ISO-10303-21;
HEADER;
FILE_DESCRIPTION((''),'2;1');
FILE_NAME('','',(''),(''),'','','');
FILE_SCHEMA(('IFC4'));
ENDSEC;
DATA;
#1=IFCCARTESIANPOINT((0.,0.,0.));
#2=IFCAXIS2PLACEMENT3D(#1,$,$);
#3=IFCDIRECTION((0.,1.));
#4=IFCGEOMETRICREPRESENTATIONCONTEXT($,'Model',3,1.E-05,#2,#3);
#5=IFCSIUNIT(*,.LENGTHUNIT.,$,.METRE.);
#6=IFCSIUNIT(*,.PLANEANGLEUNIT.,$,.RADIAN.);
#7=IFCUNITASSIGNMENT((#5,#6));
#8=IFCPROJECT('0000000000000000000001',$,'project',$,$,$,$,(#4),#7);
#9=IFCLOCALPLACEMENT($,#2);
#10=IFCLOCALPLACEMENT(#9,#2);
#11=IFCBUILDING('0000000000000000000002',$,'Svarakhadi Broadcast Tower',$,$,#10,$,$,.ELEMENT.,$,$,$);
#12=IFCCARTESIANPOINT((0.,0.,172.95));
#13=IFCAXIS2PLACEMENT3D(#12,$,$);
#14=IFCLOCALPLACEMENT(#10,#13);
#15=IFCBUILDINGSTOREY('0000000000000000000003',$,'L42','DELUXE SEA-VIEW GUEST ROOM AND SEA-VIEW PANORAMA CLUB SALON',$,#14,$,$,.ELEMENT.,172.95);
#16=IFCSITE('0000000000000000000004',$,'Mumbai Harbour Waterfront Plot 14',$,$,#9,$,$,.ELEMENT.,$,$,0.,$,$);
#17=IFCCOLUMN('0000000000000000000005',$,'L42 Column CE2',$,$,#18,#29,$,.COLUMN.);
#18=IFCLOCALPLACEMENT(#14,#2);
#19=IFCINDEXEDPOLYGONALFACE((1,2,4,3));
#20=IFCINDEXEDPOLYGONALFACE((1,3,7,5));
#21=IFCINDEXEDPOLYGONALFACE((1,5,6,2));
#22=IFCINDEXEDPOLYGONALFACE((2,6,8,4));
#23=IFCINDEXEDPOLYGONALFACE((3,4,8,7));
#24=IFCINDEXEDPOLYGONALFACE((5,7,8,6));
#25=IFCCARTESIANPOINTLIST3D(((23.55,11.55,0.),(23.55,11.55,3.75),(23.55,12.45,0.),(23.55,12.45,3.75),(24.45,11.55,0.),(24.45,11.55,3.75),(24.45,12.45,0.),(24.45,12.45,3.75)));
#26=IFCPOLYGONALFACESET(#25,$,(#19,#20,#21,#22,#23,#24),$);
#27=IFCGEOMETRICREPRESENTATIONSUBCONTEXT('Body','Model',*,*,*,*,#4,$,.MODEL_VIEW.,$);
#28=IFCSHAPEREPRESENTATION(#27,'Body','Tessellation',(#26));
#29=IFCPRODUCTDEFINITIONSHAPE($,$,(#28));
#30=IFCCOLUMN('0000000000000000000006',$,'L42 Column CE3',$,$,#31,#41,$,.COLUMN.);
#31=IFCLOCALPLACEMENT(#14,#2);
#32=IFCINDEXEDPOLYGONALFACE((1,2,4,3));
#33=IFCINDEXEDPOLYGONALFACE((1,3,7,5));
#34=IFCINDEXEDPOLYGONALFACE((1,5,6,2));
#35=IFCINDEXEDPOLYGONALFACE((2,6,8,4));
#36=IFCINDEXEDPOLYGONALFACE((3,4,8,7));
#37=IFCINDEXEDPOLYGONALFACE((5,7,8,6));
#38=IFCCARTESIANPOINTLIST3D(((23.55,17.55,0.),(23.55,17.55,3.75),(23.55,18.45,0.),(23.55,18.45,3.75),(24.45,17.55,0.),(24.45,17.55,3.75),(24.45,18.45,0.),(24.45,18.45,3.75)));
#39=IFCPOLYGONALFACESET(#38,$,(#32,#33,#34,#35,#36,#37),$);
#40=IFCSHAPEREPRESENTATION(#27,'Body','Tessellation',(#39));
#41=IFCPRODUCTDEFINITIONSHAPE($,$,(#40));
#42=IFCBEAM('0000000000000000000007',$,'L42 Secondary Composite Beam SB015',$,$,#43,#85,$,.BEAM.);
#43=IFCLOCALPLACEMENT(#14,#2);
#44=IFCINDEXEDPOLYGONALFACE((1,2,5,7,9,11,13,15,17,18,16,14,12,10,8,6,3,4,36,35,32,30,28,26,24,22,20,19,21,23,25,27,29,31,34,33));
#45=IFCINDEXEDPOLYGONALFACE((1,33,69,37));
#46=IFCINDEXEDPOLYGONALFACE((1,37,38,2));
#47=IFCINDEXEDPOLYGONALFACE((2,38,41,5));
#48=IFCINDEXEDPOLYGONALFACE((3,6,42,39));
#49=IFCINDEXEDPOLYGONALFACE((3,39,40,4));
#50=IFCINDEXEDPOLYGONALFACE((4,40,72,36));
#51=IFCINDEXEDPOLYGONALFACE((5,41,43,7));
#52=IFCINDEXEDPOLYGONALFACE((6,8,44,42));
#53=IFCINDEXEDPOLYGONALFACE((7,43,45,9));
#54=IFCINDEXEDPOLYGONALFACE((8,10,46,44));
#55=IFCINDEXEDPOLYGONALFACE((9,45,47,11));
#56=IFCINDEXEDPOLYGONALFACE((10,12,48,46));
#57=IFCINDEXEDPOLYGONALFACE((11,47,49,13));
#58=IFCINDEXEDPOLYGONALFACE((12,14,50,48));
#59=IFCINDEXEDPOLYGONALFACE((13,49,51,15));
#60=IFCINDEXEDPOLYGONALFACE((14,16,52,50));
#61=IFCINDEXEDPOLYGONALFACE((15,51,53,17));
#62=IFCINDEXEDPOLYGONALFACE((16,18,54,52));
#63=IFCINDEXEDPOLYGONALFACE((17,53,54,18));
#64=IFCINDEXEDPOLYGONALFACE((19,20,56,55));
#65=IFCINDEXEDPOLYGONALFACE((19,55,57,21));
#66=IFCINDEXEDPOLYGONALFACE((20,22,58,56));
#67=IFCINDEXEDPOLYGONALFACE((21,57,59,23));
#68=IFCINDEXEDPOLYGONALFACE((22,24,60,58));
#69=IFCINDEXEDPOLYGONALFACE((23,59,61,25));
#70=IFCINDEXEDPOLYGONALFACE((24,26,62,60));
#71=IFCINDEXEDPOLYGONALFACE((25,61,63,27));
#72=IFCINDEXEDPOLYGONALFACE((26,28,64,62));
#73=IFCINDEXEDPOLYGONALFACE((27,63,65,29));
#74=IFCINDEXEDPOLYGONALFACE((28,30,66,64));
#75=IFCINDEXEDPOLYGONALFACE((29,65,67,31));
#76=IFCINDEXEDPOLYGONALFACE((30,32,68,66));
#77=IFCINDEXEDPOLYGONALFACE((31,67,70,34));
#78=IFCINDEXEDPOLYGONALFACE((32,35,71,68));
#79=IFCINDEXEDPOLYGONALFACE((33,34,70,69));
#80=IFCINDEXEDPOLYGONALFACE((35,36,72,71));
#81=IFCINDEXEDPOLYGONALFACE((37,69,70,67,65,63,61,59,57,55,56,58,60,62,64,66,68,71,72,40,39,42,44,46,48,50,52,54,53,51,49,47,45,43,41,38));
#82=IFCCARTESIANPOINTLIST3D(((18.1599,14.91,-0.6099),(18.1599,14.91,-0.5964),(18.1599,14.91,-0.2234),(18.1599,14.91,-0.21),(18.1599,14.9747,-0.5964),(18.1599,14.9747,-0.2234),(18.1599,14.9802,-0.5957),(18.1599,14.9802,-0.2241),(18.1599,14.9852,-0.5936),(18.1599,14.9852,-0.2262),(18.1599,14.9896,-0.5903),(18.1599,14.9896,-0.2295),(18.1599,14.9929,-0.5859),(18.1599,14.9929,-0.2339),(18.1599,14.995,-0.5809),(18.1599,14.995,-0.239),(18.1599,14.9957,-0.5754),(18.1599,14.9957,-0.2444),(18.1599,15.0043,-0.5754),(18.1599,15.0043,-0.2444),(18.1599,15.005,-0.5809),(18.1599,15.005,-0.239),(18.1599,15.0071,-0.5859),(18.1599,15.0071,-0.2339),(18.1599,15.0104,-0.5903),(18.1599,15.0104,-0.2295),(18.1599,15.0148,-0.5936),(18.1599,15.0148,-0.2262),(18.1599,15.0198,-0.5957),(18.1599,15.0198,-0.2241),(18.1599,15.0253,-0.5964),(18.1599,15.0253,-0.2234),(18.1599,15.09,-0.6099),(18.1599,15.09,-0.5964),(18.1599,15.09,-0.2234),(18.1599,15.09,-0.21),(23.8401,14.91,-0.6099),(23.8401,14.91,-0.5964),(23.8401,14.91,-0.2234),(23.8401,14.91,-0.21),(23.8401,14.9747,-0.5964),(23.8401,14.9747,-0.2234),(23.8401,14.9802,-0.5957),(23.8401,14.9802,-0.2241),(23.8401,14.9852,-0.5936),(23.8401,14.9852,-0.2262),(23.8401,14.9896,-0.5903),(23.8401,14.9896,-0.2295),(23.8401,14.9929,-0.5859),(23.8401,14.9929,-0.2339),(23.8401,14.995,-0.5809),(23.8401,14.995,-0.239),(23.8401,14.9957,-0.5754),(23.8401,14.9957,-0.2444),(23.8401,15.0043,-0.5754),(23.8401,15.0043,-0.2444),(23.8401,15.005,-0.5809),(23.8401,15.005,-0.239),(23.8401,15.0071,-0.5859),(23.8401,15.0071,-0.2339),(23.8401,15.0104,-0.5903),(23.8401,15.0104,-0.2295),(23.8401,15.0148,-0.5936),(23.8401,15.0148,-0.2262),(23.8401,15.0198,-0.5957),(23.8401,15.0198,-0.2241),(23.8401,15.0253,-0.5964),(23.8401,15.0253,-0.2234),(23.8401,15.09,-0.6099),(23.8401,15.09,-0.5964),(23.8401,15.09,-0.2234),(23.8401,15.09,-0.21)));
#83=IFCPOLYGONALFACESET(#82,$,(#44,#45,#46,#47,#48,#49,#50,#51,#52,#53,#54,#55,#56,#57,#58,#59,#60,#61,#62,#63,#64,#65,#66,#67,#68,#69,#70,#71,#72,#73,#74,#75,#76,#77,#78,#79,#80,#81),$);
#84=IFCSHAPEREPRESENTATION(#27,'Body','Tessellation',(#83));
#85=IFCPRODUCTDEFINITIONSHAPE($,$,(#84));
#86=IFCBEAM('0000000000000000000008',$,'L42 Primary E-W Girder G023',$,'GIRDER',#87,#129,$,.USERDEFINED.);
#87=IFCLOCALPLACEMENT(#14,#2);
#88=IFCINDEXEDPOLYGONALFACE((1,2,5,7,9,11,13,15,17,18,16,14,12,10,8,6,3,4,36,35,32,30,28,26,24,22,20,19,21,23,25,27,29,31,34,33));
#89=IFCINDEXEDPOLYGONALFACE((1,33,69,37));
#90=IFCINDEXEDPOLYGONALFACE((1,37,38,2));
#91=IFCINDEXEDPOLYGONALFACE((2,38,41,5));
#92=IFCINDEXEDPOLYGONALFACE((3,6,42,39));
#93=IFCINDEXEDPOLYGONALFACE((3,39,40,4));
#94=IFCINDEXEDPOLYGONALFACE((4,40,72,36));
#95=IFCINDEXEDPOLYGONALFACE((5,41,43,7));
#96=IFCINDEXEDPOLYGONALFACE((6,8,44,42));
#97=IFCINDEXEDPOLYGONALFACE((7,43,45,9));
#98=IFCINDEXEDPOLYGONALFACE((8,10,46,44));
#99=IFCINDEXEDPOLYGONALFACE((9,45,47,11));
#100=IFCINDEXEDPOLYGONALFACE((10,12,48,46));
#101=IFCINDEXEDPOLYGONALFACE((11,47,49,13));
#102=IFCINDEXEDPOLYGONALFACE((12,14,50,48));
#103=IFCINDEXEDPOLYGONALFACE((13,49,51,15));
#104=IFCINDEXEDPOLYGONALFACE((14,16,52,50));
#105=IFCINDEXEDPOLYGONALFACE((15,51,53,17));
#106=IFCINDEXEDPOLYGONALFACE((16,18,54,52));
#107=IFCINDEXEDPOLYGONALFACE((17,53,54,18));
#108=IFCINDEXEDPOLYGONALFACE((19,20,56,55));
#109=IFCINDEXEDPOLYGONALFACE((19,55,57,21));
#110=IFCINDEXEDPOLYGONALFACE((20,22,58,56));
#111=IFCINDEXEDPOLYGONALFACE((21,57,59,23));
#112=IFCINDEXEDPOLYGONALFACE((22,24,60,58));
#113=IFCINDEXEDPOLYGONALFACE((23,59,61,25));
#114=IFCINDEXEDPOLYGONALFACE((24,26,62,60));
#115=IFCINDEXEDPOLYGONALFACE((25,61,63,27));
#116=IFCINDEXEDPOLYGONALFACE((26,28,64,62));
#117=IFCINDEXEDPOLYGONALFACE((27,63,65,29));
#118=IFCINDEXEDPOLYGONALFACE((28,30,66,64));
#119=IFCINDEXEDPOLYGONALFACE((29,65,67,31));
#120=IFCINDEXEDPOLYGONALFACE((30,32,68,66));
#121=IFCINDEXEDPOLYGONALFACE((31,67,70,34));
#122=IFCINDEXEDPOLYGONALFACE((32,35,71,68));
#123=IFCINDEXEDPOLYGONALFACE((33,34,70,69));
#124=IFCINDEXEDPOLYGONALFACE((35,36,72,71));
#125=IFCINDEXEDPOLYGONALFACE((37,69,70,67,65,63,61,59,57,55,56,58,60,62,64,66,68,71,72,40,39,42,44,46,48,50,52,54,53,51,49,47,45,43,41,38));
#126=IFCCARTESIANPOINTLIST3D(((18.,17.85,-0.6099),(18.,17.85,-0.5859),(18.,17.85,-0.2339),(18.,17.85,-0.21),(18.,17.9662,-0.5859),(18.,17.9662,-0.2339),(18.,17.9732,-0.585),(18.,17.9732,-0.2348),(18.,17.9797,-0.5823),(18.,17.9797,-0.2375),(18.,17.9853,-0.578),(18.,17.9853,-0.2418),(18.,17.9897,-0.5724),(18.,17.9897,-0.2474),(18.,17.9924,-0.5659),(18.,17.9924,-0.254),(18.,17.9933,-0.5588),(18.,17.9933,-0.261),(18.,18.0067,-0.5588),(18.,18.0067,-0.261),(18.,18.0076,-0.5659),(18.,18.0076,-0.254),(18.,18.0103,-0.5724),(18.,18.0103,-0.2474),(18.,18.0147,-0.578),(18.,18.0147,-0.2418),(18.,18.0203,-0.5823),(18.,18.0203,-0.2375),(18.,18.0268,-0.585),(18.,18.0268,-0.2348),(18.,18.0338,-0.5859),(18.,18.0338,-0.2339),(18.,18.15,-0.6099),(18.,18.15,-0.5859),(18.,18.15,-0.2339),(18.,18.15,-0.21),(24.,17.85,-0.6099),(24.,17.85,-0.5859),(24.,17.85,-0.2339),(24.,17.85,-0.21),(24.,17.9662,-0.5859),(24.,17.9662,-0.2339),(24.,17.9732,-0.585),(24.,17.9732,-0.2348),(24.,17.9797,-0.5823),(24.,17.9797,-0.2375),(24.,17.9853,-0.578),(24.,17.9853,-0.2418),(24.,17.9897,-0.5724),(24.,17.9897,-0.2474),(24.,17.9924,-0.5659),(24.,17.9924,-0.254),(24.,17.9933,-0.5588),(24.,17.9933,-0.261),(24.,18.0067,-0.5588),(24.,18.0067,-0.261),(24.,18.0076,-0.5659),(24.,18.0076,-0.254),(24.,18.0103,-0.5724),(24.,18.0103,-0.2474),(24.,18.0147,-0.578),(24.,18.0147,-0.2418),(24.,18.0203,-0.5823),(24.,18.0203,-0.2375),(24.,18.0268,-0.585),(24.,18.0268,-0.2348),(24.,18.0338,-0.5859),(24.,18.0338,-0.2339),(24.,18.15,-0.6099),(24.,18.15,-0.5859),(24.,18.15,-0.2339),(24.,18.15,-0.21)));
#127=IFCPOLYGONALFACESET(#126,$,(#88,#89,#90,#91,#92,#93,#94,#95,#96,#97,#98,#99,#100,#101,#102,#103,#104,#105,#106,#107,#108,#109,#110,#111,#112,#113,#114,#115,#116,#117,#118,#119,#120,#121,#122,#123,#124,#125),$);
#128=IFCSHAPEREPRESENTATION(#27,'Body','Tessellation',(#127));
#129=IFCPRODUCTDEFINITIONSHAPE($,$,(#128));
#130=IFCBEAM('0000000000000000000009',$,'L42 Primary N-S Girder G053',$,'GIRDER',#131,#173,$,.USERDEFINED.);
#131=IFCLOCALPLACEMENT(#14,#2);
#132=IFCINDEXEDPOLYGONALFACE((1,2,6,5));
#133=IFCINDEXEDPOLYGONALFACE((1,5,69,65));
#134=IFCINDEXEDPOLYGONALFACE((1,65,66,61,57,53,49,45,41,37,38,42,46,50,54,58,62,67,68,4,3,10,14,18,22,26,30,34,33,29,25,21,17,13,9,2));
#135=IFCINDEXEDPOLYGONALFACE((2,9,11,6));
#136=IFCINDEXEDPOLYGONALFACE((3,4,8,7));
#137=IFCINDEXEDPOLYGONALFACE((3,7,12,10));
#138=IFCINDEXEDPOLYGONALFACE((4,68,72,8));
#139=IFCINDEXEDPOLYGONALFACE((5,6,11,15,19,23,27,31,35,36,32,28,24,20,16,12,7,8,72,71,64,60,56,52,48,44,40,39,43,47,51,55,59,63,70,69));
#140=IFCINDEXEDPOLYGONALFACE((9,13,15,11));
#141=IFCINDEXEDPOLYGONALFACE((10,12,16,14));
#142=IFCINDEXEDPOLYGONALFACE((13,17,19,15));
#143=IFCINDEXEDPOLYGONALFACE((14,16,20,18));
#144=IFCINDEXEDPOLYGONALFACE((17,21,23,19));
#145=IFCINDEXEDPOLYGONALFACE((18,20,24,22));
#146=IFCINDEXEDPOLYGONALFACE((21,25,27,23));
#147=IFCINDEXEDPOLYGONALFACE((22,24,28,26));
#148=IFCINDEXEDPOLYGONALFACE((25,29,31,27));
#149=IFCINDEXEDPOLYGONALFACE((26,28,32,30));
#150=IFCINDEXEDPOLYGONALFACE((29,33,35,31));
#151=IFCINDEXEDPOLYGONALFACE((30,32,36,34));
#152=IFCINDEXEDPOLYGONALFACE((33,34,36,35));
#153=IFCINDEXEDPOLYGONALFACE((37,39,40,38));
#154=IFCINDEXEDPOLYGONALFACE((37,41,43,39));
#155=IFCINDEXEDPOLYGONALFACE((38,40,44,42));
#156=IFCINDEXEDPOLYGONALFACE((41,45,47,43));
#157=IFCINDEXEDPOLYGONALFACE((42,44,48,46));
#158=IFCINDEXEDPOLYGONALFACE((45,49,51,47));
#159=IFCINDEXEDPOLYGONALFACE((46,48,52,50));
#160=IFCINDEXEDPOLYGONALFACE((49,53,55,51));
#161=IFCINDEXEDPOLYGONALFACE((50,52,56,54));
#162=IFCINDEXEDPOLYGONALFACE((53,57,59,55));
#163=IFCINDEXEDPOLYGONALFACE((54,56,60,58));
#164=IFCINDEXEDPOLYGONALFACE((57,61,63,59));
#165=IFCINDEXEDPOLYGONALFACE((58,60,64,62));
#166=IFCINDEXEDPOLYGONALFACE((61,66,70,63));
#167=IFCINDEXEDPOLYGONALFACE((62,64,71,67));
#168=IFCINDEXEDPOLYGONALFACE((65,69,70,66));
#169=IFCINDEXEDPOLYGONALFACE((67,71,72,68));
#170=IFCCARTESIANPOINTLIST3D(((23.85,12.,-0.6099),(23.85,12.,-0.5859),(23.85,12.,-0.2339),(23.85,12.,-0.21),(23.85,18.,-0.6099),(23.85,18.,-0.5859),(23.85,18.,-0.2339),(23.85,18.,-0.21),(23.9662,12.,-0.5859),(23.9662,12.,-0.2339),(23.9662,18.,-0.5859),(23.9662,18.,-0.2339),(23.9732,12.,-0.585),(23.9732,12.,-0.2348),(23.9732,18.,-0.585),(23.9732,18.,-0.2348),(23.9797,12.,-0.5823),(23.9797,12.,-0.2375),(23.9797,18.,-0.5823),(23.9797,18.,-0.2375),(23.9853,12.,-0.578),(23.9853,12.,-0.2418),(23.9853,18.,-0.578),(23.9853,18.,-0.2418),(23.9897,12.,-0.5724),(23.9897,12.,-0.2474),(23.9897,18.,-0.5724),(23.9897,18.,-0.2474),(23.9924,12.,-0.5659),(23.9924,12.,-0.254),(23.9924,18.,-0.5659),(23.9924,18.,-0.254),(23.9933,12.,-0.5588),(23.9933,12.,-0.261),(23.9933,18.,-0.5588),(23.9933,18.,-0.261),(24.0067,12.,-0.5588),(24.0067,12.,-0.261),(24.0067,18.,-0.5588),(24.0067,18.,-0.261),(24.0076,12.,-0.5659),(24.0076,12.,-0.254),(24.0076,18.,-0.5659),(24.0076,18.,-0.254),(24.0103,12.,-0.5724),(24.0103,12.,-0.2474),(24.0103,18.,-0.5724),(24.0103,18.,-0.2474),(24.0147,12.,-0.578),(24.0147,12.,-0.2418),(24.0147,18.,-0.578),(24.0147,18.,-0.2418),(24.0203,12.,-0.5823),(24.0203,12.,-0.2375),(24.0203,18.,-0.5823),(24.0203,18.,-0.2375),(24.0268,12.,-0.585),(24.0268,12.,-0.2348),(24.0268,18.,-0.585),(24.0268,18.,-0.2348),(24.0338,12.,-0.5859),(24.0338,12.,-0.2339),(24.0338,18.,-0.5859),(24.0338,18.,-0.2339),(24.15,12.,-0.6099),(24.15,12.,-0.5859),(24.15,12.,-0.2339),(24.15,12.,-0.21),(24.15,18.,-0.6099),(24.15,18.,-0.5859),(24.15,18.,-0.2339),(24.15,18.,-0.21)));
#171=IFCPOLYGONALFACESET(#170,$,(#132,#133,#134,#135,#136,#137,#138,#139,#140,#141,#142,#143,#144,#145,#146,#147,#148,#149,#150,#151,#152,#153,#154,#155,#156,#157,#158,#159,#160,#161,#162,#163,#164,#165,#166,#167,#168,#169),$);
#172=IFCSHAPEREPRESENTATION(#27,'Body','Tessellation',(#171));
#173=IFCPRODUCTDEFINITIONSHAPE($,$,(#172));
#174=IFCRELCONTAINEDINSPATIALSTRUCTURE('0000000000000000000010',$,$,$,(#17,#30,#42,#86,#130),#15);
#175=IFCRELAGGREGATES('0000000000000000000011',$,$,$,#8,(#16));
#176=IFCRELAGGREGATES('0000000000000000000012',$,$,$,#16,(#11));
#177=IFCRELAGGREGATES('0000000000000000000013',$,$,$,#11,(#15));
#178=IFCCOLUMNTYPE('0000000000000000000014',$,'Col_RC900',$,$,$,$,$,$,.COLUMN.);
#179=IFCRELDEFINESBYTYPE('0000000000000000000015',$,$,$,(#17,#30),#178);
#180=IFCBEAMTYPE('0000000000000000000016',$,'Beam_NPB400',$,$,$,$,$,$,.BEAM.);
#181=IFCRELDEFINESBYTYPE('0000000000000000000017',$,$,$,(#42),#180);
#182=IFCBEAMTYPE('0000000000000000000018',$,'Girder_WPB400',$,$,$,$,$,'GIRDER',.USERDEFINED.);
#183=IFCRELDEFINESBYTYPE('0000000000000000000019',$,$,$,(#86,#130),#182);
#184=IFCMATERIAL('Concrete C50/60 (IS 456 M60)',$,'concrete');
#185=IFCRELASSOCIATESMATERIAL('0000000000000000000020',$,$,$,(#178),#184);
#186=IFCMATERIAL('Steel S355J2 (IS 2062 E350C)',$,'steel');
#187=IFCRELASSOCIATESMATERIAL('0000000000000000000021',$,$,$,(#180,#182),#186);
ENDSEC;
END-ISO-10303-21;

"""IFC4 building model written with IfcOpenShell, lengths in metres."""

from ifc_helpers import new_model, si_unit, direction, frame, origin, origin_2d, place, context, subcontext, project, spatial, rectangle, i_section, extrude, material, material_profile, profile_set, type_object, element, save


model = new_model("IFC4")

# Units and contexts
model_context = context("Model", 3, precision=1e-05, world=origin(), true_north=direction((0.0, 1.0)))
body_context = subcontext(model_context, "Body", "Model", "MODEL_VIEW")
ifc_project = project(units=[si_unit("LENGTHUNIT", "METRE"), si_unit("PLANEANGLEUNIT", "RADIAN")], contexts=[model_context])

# Site, building, storey
site_placement = place(None, origin())
site = spatial("IfcSite", under=ifc_project, at=site_placement, Name="Mumbai Harbour Waterfront Plot 14", CompositionType="ELEMENT", RefElevation=0.0)
building_placement = place(site_placement, origin())
building = spatial("IfcBuilding", under=site, at=building_placement, Name="Svarakhadi Broadcast Tower", CompositionType="ELEMENT")
storey_placement = place(building_placement, frame((0.0, 0.0, 172.95)))
storey = spatial("IfcBuildingStorey", under=building, at=storey_placement, Name="L42", Description="DELUXE SEA-VIEW GUEST ROOM AND SEA-VIEW PANORAMA CLUB SALON", CompositionType="ELEMENT", Elevation=172.95)

# Columns
ifc_material_1 = material(Name="Concrete C50/60 (IS 456 M60)", Category="concrete")
ifc_material_profile_1 = material_profile(ifc_material_1, rectangle(XDim=0.8999, YDim=0.8999, at=origin_2d()), Name="RC 900x900")
ifc_profile_set_1 = profile_set([ifc_material_profile_1], Name="Concrete C50/60 (IS 456 M60)")
column_type = type_object("IfcColumnType", Name="Col_RC900", PredefinedType="COLUMN", material=ifc_profile_set_1)
for number, where, z_axis, x_axis, name in (
    (1, (24.0, 12.0, 0.0), (0.0, 0.0, 1.0), (1.0, 0.0, 0.0), "L42 Column CE2"),
    (2, (24.0, 18.0, 0.0), (0.0, 0.0, 1.0), (1.0, 0.0, 0.0), "L42 Column CE3"),
):
    element("IfcColumn", number, at=place(storey_placement, frame(where, z_axis=z_axis, x_axis=x_axis)), inside=storey, type_object=column_type, Name=name, PredefinedType="COLUMN", context=body_context, shape_type="SweptSolid", body=[
        extrude(rectangle(XDim=0.8999, YDim=0.8999, at=origin_2d()), origin(), (0.0, 0.0, 1.0), 3.75),
    ])

# Beams
ifc_material_2 = material(Name="Steel S355J2 (IS 2062 E350C)", Category="steel")
ifc_material_profile_2 = material_profile(ifc_material_2, i_section(OverallWidth=0.1799, OverallDepth=0.3999, WebThickness=0.0085, FlangeThickness=0.0134, FilletRadius=0.021, at=origin_2d()), Name="NPB 400x180x66")
ifc_profile_set_2 = profile_set([ifc_material_profile_2], Name="Steel S355J2 (IS 2062 E350C)")
beam_type_1 = type_object("IfcBeamType", Name="Beam_NPB400", PredefinedType="BEAM", material=ifc_profile_set_2)
beam_placement = place(storey_placement, frame((18.1599, 15.0, -0.4099), z_axis=(1.0, 0.0, 0.0), x_axis=(0.0, 1.0, 0.0)))
element("IfcBeam", 3, at=beam_placement, inside=storey, type_object=beam_type_1, Name="L42 Secondary Composite Beam SB015", PredefinedType="BEAM", context=body_context, shape_type="SweptSolid", body=[
    extrude(i_section(OverallWidth=0.1799, OverallDepth=0.3999, WebThickness=0.0085, FlangeThickness=0.0134, FilletRadius=0.021, at=origin_2d()), origin(), (0.0, 0.0, 1.0), 5.6802),
])
ifc_material_profile_3 = material_profile(ifc_material_2, i_section(OverallWidth=0.3, OverallDepth=0.3999, WebThickness=0.0134, FlangeThickness=0.0239, FilletRadius=0.0271, at=origin_2d()), Name="WPB 400x300x155")
ifc_profile_set_3 = profile_set([ifc_material_profile_3], Name="Steel S355J2 (IS 2062 E350C)")
beam_type_2 = type_object("IfcBeamType", Name="Girder_WPB400", ElementType="GIRDER", PredefinedType="USERDEFINED", material=ifc_profile_set_3)
for number, where, z_axis, x_axis, name in (
    (4, (18.0, 18.0, -0.4099), (1.0, 0.0, 0.0), (0.0, 1.0, 0.0), "L42 Primary E-W Girder G023"),
    (5, (24.0, 12.0, -0.4099), (0.0, 1.0, 0.0), (-1.0, 0.0, 0.0), "L42 Primary N-S Girder G053"),
):
    element("IfcBeam", number, at=place(storey_placement, frame(where, z_axis=z_axis, x_axis=x_axis)), inside=storey, type_object=beam_type_2, Name=name, ObjectType="GIRDER", PredefinedType="USERDEFINED", context=body_context, shape_type="SweptSolid", body=[
        extrude(i_section(OverallWidth=0.3, OverallDepth=0.3999, WebThickness=0.0134, FlangeThickness=0.0239, FilletRadius=0.0271, at=origin_2d()), origin(), (0.0, 0.0, 1.0), 6.0),
    ])

save(model, "model.ifc")
